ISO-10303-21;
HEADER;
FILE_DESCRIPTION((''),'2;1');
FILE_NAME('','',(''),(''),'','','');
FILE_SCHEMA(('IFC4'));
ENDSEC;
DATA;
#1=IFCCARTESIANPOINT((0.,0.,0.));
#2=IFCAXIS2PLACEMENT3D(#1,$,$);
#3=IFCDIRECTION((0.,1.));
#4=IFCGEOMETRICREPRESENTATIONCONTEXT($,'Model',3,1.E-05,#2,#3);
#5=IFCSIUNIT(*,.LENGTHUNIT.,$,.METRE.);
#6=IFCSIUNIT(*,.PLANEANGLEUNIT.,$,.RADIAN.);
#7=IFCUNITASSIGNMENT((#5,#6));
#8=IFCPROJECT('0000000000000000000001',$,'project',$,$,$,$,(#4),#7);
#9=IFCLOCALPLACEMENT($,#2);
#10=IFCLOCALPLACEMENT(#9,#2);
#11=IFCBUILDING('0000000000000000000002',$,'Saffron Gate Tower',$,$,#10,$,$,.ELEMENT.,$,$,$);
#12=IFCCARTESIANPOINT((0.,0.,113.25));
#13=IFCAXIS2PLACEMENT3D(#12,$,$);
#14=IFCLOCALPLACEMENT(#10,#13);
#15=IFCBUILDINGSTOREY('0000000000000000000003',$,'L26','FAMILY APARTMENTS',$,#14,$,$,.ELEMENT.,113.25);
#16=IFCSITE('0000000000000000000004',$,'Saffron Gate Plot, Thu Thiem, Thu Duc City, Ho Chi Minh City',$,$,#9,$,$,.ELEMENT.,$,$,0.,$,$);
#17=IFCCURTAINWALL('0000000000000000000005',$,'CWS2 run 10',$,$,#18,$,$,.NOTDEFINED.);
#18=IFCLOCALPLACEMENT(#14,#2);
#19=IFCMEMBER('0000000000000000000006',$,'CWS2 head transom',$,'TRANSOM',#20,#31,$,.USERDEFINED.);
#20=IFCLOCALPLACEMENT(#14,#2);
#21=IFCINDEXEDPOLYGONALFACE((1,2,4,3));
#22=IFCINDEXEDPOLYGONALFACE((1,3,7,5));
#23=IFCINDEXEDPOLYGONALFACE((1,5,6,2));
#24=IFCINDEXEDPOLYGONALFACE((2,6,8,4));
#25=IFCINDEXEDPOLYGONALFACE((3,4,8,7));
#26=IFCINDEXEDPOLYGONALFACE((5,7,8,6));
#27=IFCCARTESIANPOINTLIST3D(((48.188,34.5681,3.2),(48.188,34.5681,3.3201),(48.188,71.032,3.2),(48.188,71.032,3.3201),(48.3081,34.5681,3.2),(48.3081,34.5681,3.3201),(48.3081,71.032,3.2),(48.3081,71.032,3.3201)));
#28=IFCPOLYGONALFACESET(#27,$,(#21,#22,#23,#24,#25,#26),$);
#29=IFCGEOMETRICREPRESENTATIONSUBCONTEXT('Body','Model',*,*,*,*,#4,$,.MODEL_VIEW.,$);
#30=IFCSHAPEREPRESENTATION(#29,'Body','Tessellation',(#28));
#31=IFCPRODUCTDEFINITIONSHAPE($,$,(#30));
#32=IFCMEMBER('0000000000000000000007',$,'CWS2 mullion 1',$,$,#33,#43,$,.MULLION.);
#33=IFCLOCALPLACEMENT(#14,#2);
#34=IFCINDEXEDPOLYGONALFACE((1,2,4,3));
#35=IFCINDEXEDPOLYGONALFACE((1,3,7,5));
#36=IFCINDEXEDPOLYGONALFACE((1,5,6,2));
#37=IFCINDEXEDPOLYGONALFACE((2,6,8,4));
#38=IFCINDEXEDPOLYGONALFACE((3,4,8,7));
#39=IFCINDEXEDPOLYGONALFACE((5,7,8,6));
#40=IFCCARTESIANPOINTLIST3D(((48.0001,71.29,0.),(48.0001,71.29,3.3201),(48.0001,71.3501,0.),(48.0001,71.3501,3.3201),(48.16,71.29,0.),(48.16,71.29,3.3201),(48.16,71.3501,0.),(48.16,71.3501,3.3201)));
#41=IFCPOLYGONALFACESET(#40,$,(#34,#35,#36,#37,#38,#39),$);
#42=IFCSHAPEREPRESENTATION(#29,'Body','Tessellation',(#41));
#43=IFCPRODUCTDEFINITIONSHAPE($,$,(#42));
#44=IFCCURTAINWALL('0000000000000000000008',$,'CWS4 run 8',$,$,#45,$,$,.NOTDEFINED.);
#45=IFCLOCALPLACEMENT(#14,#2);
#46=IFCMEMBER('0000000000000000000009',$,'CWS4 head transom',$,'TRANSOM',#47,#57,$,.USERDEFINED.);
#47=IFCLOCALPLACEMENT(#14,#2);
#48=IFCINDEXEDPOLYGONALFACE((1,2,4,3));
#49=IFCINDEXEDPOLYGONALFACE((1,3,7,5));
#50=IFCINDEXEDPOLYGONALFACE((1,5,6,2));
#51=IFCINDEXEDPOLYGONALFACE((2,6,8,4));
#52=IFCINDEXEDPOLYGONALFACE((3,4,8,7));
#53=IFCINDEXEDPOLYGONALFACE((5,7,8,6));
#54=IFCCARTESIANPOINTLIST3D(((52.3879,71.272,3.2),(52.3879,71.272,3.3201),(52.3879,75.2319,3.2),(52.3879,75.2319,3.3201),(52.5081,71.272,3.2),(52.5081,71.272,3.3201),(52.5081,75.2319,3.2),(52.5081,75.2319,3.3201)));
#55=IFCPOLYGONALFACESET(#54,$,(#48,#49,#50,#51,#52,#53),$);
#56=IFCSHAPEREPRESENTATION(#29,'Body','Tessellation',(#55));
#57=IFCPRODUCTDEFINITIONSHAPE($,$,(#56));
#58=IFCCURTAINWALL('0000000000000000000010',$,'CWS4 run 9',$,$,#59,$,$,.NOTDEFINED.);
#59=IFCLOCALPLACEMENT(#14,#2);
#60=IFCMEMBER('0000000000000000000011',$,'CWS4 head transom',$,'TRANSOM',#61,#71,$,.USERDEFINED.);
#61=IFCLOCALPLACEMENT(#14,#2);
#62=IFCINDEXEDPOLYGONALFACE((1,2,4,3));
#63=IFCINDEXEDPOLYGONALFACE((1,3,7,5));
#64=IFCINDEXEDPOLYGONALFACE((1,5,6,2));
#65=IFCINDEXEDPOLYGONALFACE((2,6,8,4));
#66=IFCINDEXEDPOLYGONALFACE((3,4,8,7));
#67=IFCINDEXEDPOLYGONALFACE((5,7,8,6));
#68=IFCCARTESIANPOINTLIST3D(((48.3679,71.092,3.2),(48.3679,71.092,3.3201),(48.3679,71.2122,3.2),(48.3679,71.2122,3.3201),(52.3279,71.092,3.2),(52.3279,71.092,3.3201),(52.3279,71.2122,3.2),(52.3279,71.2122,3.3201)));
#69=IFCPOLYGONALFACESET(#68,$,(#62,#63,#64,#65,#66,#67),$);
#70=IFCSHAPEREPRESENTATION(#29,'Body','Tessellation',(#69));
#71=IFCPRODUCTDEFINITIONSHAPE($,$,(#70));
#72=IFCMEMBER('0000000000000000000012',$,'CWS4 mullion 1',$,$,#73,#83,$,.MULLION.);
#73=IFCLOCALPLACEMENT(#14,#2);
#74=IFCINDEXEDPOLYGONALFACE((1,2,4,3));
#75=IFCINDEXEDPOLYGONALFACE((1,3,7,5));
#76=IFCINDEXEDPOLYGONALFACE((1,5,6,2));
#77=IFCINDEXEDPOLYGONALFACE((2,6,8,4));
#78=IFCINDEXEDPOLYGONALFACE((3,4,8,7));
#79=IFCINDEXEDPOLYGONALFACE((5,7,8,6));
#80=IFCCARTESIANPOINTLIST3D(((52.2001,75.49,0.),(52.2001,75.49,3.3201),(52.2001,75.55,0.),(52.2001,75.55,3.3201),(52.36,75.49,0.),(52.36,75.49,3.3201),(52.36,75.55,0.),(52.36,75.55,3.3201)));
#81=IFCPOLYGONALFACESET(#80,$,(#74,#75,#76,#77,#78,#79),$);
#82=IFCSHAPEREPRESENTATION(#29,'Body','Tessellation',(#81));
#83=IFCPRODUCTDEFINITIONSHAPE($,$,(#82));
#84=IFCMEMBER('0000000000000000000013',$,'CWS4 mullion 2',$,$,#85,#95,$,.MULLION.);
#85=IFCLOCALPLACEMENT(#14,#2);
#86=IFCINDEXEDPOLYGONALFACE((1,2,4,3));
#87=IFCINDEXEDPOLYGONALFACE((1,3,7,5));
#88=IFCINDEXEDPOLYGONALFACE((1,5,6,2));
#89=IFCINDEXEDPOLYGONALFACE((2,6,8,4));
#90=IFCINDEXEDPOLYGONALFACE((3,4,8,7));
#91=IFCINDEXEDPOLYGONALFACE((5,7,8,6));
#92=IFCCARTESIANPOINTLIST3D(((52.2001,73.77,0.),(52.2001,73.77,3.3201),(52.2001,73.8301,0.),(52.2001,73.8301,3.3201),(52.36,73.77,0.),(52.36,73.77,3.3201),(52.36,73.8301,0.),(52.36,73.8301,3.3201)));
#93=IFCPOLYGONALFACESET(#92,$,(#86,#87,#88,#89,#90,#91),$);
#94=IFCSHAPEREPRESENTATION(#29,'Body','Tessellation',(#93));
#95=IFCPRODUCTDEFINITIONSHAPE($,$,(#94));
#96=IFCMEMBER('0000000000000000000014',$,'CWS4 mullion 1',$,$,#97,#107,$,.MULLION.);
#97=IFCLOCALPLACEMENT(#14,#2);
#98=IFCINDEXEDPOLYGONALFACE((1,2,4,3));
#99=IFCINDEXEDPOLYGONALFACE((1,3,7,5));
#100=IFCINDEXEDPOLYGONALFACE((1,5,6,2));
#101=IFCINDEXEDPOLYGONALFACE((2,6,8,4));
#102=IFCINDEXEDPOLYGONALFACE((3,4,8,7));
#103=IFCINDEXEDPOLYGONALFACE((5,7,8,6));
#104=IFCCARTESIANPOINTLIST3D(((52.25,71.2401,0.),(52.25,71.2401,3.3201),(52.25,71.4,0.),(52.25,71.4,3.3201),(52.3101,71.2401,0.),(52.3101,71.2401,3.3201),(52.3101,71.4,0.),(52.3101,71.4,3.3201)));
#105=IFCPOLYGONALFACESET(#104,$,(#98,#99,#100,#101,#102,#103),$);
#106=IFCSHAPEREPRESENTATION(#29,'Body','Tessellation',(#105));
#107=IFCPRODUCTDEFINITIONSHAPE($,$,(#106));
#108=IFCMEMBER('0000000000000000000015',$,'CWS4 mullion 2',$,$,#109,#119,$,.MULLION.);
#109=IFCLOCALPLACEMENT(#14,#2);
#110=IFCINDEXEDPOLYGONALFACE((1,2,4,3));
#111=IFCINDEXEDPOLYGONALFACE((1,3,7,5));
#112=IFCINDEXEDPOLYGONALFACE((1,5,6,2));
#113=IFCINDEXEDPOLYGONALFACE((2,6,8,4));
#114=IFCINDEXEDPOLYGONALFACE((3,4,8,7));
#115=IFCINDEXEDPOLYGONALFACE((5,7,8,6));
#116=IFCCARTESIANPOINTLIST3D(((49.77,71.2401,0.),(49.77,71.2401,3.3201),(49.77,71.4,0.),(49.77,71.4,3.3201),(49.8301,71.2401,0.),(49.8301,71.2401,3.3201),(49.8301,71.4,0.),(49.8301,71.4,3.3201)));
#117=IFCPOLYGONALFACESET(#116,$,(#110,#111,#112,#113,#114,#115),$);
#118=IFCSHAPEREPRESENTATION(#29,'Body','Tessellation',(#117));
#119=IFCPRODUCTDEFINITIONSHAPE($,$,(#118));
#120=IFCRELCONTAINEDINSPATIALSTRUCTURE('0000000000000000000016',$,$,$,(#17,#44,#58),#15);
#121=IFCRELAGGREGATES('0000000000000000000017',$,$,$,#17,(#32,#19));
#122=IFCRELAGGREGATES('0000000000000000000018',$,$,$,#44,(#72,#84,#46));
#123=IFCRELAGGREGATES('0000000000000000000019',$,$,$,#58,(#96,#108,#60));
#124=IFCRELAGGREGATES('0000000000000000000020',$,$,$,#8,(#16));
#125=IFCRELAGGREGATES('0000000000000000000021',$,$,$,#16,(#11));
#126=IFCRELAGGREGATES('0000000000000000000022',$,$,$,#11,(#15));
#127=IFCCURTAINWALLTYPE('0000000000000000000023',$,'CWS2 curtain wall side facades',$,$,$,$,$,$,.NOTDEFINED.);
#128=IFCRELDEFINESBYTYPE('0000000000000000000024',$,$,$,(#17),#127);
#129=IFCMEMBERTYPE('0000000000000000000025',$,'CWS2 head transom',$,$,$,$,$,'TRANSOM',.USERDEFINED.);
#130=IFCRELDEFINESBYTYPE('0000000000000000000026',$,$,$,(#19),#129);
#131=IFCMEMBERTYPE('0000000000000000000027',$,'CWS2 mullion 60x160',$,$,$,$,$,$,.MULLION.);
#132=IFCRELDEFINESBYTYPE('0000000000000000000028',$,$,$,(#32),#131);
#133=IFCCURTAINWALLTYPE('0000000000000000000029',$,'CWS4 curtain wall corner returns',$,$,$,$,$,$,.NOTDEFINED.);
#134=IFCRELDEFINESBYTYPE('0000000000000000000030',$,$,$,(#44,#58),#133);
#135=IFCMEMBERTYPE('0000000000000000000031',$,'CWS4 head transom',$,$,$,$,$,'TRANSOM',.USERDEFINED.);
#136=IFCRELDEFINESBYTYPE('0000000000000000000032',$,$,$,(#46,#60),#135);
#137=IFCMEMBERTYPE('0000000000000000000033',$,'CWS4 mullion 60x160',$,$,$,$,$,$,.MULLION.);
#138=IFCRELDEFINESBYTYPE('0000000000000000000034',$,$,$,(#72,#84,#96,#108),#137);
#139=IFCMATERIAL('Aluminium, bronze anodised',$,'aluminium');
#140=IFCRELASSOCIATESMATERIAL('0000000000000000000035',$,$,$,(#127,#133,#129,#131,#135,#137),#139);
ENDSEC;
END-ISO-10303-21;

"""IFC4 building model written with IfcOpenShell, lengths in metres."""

from ifc_helpers import new_model, si_unit, direction, frame, origin, origin_2d, place, context, subcontext, project, spatial, rectangle, extrude, material, material_profile, profile_set, type_object, element, aggregate, save


model = new_model("IFC4")

# Units and contexts
model_context = context("Model", 3, precision=1e-05, world=origin(), true_north=direction((0.0, 1.0)))
body_context = subcontext(model_context, "Body", "Model", "MODEL_VIEW")
ifc_project = project(units=[si_unit("LENGTHUNIT", "METRE"), si_unit("PLANEANGLEUNIT", "RADIAN")], contexts=[model_context])

# Site, building, storey
site_placement = place(None, origin())
site = spatial("IfcSite", under=ifc_project, at=site_placement, Name="Saffron Gate Plot, Thu Thiem, Thu Duc City, Ho Chi Minh City", CompositionType="ELEMENT", RefElevation=0.0)
building_placement = place(site_placement, origin())
building = spatial("IfcBuilding", under=site, at=building_placement, Name="Saffron Gate Tower", CompositionType="ELEMENT")
storey_placement = place(building_placement, frame((0.0, 0.0, 113.25)))
storey = spatial("IfcBuildingStorey", under=building, at=storey_placement, Name="L26", Description="FAMILY APARTMENTS", CompositionType="ELEMENT", Elevation=113.25)

# Curtain wall, members
ifc_material_1 = material(Name="Aluminium, bronze anodised", Category="aluminium")
curtain_wall_type_1 = type_object("IfcCurtainWallType", Name="CWS2 curtain wall side facades", PredefinedType="NOTDEFINED", material=ifc_material_1)
curtain_wall_1_placement = place(storey_placement, origin())
curtain_wall_1 = element("IfcCurtainWall", 1, at=curtain_wall_1_placement, inside=storey, type_object=curtain_wall_type_1, Name="CWS2 run 10", PredefinedType="NOTDEFINED")
ifc_material_profile_1 = material_profile(ifc_material_1, rectangle(XDim=0.1201, YDim=0.1201, at=origin_2d()))
ifc_profile_set_1 = profile_set([ifc_material_profile_1], Name="Aluminium, bronze anodised")
member_type_1 = type_object("IfcMemberType", Name="CWS2 head transom", ElementType="TRANSOM", PredefinedType="USERDEFINED", material=ifc_profile_set_1)
member_1_placement = place(storey_placement, frame((48.248, 71.032, 3.26), z_axis=(0.0, -1.0, 0.0), x_axis=(1.0, 0.0, 0.0)))
member_1 = element("IfcMember", 2, at=member_1_placement, type_object=member_type_1, Name="CWS2 head transom", ObjectType="TRANSOM", PredefinedType="USERDEFINED", context=body_context, shape_type="SweptSolid", body=[
    extrude(rectangle(XDim=0.1201, YDim=0.1201, at=origin_2d()), origin(), (0.0, 0.0, 1.0), 36.4639),
])
ifc_material_profile_2 = material_profile(ifc_material_1, rectangle(XDim=0.1599, YDim=0.0601, at=origin_2d()))
ifc_profile_set_2 = profile_set([ifc_material_profile_2], Name="Aluminium, bronze anodised")
member_type_2 = type_object("IfcMemberType", Name="CWS2 mullion 60x160", PredefinedType="MULLION", material=ifc_profile_set_2)
member_2_placement = place(storey_placement, frame((48.0801, 71.3201, 0.0), z_axis=(0.0, 0.0, 1.0), x_axis=(1.0, 0.0, 0.0)))
member_2 = element("IfcMember", 3, at=member_2_placement, type_object=member_type_2, Name="CWS2 mullion 1", PredefinedType="MULLION", context=body_context, shape_type="SweptSolid", body=[
    extrude(rectangle(XDim=0.1599, YDim=0.0601, at=origin_2d()), origin(), (0.0, 0.0, 1.0), 3.3201),
])

# Curtain walls, members
curtain_wall_type_2 = type_object("IfcCurtainWallType", Name="CWS4 curtain wall corner returns", PredefinedType="NOTDEFINED", material=ifc_material_1)
curtain_wall_2_placement = place(storey_placement, origin())
curtain_wall_2 = element("IfcCurtainWall", 4, at=curtain_wall_2_placement, inside=storey, type_object=curtain_wall_type_2, Name="CWS4 run 8", PredefinedType="NOTDEFINED")
ifc_material_profile_3 = material_profile(ifc_material_1, rectangle(XDim=0.1201, YDim=0.1201, at=origin_2d()))
ifc_profile_set_3 = profile_set([ifc_material_profile_3], Name="Aluminium, bronze anodised")
member_type_3 = type_object("IfcMemberType", Name="CWS4 head transom", ElementType="TRANSOM", PredefinedType="USERDEFINED", material=ifc_profile_set_3)
member_3_placement = place(storey_placement, frame((52.448, 75.2319, 3.26), z_axis=(0.0, -1.0, 0.0), x_axis=(1.0, 0.0, 0.0)))
member_3 = element("IfcMember", 5, at=member_3_placement, type_object=member_type_3, Name="CWS4 head transom", ObjectType="TRANSOM", PredefinedType="USERDEFINED", context=body_context, shape_type="SweptSolid", body=[
    extrude(rectangle(XDim=0.1201, YDim=0.1201, at=origin_2d()), origin(), (0.0, 0.0, 1.0), 3.96),
])
curtain_wall_3_placement = place(storey_placement, origin())
curtain_wall_3 = element("IfcCurtainWall", 6, at=curtain_wall_3_placement, inside=storey, type_object=curtain_wall_type_2, Name="CWS4 run 9", PredefinedType="NOTDEFINED")
member_4_placement = place(storey_placement, frame((52.3279, 71.1521, 3.26), z_axis=(-1.0, 0.0, 0.0), x_axis=(0.0, -1.0, 0.0)))
member_4 = element("IfcMember", 7, at=member_4_placement, type_object=member_type_3, Name="CWS4 head transom", ObjectType="TRANSOM", PredefinedType="USERDEFINED", context=body_context, shape_type="SweptSolid", body=[
    extrude(rectangle(XDim=0.1201, YDim=0.1201, at=origin_2d()), origin(), (0.0, 0.0, 1.0), 3.96),
])

# Members
ifc_material_profile_4 = material_profile(ifc_material_1, rectangle(XDim=0.1599, YDim=0.0601, at=origin_2d()))
ifc_profile_set_4 = profile_set([ifc_material_profile_4], Name="Aluminium, bronze anodised")
member_type_4 = type_object("IfcMemberType", Name="CWS4 mullion 60x160", PredefinedType="MULLION", material=ifc_profile_set_4)
member_5_placement = place(storey_placement, frame((52.28, 75.52, 0.0), z_axis=(0.0, 0.0, 1.0), x_axis=(1.0, 0.0, 0.0)))
member_5 = element("IfcMember", 8, at=member_5_placement, type_object=member_type_4, Name="CWS4 mullion 1", PredefinedType="MULLION", context=body_context, shape_type="SweptSolid", body=[
    extrude(rectangle(XDim=0.1599, YDim=0.0601, at=origin_2d()), origin(), (0.0, 0.0, 1.0), 3.3201),
])
member_6_placement = place(storey_placement, frame((52.28, 73.8, 0.0), z_axis=(0.0, 0.0, 1.0), x_axis=(1.0, 0.0, 0.0)))
member_6 = element("IfcMember", 9, at=member_6_placement, type_object=member_type_4, Name="CWS4 mullion 2", PredefinedType="MULLION", context=body_context, shape_type="SweptSolid", body=[
    extrude(rectangle(XDim=0.1599, YDim=0.0601, at=origin_2d()), origin(), (0.0, 0.0, 1.0), 3.3201),
])
member_7_placement = place(storey_placement, frame((52.28, 71.3201, 0.0), z_axis=(0.0, 0.0, 1.0), x_axis=(0.0, -1.0, 0.0)))
member_7 = element("IfcMember", 10, at=member_7_placement, type_object=member_type_4, Name="CWS4 mullion 1", PredefinedType="MULLION", context=body_context, shape_type="SweptSolid", body=[
    extrude(rectangle(XDim=0.1599, YDim=0.0601, at=origin_2d()), origin(), (0.0, 0.0, 1.0), 3.3201),
])
member_8_placement = place(storey_placement, frame((49.8, 71.3201, 0.0), z_axis=(0.0, 0.0, 1.0), x_axis=(0.0, -1.0, 0.0)))
member_8 = element("IfcMember", 11, at=member_8_placement, type_object=member_type_4, Name="CWS4 mullion 2", PredefinedType="MULLION", context=body_context, shape_type="SweptSolid", body=[
    extrude(rectangle(XDim=0.1599, YDim=0.0601, at=origin_2d()), origin(), (0.0, 0.0, 1.0), 3.3201),
])

aggregate(curtain_wall_1, [member_2, member_1])

aggregate(curtain_wall_2, [member_5, member_6, member_3])
aggregate(curtain_wall_3, [member_7, member_8, member_4])

save(model, "model.ifc")
